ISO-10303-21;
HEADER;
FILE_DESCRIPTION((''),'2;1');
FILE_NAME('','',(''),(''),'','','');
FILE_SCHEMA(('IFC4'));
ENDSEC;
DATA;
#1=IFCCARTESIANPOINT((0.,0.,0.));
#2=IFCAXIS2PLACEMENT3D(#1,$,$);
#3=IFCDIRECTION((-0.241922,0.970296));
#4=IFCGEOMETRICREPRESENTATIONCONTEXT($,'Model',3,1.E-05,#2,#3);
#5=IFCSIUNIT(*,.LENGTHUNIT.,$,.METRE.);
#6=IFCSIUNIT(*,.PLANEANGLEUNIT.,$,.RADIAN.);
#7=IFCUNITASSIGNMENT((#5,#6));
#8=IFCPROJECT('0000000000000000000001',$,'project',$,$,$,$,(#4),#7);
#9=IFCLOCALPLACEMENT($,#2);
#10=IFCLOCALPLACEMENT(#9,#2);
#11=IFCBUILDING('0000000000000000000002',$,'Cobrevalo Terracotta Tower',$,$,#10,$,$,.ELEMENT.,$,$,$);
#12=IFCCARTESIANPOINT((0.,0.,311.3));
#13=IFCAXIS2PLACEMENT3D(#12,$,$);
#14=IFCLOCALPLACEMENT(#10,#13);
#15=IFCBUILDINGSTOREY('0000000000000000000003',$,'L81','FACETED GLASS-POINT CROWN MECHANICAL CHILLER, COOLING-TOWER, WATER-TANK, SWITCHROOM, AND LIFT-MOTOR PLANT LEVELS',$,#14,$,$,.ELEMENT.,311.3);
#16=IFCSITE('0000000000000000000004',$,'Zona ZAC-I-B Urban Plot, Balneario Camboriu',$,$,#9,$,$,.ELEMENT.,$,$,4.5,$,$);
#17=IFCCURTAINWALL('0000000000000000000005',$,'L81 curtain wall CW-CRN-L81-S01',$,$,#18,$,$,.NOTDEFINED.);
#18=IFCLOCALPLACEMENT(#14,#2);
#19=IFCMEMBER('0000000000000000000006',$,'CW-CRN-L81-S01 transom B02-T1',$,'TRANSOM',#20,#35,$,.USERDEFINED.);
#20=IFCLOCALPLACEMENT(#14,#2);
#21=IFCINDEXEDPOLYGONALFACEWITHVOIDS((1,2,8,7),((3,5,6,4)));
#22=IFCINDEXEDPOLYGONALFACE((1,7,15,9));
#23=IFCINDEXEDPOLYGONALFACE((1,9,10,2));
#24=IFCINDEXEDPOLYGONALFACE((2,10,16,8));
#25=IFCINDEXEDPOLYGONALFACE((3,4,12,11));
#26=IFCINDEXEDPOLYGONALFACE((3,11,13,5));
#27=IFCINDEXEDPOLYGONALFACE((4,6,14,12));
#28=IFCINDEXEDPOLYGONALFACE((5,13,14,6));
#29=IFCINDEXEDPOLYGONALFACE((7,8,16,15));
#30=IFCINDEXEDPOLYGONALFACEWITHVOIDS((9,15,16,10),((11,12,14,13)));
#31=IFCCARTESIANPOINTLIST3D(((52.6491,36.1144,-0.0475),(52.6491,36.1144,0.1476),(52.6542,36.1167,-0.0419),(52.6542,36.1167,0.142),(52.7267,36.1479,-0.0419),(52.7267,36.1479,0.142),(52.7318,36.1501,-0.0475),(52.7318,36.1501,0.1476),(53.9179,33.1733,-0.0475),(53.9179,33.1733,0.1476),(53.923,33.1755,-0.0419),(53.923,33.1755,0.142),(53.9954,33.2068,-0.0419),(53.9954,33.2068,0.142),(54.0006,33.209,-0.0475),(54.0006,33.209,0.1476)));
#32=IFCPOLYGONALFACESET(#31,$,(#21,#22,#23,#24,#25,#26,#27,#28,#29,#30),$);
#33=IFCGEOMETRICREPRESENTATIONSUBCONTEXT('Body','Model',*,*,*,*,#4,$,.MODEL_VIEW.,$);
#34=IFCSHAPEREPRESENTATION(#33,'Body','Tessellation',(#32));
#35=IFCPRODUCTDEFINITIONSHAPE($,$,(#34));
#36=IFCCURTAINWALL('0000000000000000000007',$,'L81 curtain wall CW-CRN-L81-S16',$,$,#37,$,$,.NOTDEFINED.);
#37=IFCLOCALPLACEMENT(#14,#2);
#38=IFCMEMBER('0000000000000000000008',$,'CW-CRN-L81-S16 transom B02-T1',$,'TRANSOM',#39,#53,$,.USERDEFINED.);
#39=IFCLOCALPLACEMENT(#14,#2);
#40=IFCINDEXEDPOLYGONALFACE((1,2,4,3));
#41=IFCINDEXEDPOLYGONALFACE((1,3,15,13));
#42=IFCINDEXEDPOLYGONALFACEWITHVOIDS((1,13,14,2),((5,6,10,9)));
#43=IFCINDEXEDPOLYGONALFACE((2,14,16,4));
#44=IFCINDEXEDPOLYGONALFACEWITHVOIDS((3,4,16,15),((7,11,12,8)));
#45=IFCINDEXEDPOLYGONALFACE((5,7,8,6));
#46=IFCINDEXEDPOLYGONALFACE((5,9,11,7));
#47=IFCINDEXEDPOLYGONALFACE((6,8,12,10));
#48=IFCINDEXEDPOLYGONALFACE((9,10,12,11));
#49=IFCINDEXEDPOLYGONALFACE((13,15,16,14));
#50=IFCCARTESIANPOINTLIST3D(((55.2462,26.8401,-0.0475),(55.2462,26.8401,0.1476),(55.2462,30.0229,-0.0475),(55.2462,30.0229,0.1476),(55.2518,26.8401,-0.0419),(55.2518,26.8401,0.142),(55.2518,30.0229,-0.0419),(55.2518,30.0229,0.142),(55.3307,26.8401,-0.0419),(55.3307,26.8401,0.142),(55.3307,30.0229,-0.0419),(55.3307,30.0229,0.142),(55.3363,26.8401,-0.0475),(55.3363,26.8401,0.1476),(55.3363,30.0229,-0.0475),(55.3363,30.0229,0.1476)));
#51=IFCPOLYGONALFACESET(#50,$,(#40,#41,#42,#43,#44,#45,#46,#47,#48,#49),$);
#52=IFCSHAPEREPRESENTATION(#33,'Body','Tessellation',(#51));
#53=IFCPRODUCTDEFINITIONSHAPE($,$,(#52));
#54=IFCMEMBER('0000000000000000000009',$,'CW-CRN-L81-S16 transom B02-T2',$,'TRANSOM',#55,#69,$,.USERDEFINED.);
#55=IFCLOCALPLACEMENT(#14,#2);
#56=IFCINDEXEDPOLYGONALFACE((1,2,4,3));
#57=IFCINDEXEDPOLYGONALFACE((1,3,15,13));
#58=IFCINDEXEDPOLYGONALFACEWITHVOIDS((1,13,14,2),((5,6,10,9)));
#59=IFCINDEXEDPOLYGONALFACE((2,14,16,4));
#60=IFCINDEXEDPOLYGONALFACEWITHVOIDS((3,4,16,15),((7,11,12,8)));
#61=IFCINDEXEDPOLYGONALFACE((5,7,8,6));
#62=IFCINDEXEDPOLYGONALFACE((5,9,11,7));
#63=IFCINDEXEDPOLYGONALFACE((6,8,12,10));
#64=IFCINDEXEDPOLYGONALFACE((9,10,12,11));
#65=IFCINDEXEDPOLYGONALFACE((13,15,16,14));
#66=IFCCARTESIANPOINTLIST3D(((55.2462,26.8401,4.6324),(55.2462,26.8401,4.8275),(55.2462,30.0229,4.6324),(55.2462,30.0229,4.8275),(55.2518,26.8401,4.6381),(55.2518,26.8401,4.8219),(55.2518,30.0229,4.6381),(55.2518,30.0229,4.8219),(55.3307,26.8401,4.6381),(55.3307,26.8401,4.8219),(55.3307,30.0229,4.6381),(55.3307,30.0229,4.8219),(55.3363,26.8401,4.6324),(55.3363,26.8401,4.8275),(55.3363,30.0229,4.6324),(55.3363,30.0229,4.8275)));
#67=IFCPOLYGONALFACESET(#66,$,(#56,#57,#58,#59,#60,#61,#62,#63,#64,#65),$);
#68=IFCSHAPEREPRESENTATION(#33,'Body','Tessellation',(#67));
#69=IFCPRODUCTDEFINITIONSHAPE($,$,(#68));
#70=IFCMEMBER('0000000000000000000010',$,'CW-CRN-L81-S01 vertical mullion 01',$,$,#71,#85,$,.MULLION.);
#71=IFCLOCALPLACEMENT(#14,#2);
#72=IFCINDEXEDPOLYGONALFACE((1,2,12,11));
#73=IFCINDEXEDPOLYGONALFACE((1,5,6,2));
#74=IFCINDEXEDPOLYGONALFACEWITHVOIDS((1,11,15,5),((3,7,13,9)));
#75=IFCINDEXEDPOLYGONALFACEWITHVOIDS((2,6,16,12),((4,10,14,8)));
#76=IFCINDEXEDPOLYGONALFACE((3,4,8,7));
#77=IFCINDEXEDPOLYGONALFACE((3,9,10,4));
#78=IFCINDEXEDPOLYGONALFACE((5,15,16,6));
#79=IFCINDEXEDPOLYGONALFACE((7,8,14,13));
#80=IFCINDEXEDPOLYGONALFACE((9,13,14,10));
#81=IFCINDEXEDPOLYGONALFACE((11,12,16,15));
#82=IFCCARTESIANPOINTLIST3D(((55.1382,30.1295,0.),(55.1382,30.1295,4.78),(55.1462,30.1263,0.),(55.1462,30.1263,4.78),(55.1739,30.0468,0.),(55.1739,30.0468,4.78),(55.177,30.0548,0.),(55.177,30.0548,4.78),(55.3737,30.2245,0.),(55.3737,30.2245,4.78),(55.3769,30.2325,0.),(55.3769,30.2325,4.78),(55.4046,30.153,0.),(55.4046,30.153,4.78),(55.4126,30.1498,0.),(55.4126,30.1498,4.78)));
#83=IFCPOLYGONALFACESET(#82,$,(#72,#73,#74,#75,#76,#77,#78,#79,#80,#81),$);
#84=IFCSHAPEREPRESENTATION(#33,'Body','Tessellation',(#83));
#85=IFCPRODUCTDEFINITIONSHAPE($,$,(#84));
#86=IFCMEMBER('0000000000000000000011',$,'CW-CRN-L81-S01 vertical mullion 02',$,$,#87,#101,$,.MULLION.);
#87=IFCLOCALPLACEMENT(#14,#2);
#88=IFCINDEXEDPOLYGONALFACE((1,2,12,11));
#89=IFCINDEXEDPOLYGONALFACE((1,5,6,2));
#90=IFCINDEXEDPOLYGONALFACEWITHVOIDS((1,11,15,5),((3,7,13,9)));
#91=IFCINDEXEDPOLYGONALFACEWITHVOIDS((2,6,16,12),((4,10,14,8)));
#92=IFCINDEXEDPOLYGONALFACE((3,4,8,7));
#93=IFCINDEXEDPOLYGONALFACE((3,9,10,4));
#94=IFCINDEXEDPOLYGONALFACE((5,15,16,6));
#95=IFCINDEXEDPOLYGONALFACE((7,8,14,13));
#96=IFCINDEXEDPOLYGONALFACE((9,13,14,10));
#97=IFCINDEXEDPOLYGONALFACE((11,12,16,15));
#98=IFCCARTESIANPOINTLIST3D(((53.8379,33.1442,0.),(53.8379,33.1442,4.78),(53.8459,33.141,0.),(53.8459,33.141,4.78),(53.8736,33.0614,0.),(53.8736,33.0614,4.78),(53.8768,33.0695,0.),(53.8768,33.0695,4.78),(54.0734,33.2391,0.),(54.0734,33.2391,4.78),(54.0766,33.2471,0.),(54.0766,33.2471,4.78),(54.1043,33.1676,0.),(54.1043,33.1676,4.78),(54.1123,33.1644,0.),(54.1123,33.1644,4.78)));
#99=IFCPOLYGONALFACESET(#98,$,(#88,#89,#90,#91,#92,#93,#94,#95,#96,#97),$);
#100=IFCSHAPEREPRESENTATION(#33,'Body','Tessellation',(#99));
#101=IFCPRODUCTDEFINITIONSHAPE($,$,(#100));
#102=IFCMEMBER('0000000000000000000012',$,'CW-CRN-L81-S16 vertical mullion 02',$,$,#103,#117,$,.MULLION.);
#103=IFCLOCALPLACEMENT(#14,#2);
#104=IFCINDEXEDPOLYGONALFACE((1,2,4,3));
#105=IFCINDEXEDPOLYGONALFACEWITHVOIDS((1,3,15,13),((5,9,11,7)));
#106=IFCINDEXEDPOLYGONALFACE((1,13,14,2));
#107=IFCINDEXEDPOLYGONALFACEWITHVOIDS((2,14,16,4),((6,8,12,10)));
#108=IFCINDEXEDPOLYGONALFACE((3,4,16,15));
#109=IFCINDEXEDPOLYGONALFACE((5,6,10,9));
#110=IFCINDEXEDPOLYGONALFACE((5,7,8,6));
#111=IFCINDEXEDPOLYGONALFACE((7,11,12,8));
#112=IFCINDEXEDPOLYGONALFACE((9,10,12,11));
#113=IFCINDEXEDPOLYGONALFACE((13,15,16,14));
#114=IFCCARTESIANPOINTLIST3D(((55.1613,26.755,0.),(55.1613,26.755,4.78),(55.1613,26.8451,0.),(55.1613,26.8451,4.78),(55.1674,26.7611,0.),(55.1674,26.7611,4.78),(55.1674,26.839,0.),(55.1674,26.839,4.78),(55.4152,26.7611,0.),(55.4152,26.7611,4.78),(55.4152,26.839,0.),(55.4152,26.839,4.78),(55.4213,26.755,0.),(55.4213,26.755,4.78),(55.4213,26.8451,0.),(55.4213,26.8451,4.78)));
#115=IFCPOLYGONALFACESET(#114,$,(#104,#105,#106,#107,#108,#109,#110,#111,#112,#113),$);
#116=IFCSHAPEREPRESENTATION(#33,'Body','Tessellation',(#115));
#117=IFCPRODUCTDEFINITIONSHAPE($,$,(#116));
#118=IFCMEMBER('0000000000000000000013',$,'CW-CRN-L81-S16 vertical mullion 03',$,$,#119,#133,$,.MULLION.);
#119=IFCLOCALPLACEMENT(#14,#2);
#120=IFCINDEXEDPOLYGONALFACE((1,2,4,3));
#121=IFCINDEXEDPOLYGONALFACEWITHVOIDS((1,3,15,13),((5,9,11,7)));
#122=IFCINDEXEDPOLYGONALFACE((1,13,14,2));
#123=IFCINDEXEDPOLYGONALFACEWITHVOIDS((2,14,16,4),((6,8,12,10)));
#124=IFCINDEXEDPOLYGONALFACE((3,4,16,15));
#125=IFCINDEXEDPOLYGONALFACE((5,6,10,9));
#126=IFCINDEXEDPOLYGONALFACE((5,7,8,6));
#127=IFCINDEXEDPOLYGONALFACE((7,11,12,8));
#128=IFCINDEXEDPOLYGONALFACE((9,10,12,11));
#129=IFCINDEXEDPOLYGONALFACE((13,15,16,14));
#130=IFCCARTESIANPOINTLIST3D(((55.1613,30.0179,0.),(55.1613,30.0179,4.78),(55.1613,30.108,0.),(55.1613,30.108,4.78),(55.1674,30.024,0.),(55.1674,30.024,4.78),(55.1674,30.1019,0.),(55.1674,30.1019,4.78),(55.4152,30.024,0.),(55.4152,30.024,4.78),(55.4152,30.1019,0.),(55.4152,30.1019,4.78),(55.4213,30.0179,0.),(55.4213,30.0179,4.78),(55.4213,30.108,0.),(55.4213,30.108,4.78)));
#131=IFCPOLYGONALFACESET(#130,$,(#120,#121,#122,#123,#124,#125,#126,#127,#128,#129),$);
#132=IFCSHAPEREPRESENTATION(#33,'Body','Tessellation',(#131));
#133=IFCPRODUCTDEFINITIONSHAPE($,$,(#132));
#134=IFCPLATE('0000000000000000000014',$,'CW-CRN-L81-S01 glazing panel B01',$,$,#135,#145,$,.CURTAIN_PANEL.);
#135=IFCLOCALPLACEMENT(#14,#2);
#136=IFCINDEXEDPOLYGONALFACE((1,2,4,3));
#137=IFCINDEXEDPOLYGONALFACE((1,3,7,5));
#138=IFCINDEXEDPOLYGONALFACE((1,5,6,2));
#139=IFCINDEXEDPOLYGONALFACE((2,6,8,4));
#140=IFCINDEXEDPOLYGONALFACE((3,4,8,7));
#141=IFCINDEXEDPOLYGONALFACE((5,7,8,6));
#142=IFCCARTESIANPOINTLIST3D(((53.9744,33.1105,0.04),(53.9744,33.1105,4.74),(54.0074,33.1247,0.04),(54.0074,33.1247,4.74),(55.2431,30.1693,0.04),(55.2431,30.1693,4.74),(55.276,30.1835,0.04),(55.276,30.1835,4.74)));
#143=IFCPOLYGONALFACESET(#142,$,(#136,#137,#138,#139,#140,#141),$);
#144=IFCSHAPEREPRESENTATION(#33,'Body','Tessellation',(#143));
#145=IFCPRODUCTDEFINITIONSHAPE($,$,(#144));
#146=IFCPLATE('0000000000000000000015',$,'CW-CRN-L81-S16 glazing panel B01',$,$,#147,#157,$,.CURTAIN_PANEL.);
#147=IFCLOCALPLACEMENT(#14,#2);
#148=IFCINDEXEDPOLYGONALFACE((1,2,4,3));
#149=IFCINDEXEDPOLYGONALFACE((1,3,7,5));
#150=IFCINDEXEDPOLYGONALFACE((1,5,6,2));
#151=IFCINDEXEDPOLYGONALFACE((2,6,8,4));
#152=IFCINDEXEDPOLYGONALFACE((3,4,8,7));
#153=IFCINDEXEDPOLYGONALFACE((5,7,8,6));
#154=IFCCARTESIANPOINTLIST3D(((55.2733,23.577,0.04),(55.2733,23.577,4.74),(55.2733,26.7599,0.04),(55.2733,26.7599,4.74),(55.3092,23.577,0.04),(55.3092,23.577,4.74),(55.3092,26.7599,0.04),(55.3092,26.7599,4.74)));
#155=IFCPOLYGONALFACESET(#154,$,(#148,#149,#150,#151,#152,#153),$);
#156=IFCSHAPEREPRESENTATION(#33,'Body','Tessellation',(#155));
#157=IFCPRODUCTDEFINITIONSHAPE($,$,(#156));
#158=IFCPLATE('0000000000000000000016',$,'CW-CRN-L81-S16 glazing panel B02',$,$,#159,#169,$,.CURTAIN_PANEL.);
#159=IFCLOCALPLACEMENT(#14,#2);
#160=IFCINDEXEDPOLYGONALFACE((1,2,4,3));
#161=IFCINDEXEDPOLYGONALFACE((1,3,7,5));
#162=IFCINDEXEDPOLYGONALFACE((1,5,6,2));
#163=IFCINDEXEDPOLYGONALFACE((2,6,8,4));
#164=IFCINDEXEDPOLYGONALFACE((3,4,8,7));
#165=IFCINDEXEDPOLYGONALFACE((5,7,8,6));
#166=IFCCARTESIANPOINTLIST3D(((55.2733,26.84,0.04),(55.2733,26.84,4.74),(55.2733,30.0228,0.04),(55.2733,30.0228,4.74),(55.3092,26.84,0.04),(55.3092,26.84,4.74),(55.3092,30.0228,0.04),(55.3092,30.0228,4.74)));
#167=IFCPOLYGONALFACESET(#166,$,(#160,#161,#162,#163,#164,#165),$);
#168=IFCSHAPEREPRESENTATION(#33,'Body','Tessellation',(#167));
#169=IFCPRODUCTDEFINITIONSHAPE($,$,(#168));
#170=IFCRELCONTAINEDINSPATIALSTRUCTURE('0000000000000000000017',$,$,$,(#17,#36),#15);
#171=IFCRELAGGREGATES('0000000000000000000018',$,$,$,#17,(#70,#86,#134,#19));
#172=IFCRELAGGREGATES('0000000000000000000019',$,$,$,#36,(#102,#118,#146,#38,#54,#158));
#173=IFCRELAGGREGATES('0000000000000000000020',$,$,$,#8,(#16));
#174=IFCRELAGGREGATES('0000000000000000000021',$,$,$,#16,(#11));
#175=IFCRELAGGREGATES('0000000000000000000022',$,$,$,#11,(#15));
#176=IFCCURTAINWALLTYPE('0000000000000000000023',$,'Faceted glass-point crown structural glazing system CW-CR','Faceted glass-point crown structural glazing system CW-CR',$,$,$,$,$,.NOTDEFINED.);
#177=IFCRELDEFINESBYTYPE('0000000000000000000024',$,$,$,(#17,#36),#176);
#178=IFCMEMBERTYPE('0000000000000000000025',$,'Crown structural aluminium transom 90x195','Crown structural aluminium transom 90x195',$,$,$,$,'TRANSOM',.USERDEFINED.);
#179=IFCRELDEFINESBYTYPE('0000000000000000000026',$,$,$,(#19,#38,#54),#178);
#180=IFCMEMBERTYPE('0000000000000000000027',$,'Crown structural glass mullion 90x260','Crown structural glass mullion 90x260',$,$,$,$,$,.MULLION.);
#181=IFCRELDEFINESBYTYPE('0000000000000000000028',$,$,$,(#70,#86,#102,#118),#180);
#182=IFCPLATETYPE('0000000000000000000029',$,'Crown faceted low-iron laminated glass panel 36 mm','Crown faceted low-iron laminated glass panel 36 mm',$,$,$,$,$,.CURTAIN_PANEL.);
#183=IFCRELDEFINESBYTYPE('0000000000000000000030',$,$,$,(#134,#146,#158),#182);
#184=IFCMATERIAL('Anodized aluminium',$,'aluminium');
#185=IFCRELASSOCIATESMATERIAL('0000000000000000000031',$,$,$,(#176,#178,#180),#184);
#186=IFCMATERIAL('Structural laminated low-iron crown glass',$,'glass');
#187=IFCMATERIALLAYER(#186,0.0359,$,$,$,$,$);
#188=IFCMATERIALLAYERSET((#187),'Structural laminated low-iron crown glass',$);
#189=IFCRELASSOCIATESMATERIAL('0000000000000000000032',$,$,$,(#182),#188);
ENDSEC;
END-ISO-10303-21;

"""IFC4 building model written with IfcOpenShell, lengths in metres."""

from ifc_helpers import new_model, si_unit, direction, frame, origin, origin_2d, place, context, subcontext, project, spatial, rectangle, hollow_rectangle, extrude, source, transform, mapped, material, layer, layer_set, material_profile, profile_set, type_object, element, aggregate, save


model = new_model("IFC4")

# Units and contexts
model_context = context("Model", 3, precision=1e-05, world=origin(), true_north=direction((-0.241922, 0.970296)))
body_context = subcontext(model_context, "Body", "Model", "MODEL_VIEW")
ifc_project = project(units=[si_unit("LENGTHUNIT", "METRE"), si_unit("PLANEANGLEUNIT", "RADIAN")], contexts=[model_context])

# Site, building, storey
site_placement = place(None, origin())
site = spatial("IfcSite", under=ifc_project, at=site_placement, Name="Zona ZAC-I-B Urban Plot, Balneario Camboriu", CompositionType="ELEMENT", RefElevation=4.5)
building_placement = place(site_placement, origin())
building = spatial("IfcBuilding", under=site, at=building_placement, Name="Cobrevalo Terracotta Tower", CompositionType="ELEMENT")
storey_placement = place(building_placement, frame((0.0, 0.0, 311.3)))
storey = spatial("IfcBuildingStorey", under=building, at=storey_placement, Name="L81", Description="FACETED GLASS-POINT CROWN MECHANICAL CHILLER, COOLING-TOWER, WATER-TANK, SWITCHROOM, AND LIFT-MOTOR PLANT LEVELS", CompositionType="ELEMENT", Elevation=311.3)

# Curtain walls, members
ifc_material_1 = material(Name="Anodized aluminium", Category="aluminium")
curtain_wall_type = type_object("IfcCurtainWallType", Name="Faceted glass-point crown structural glazing system CW-CR", Description="Faceted glass-point crown structural glazing system CW-CR", PredefinedType="NOTDEFINED", material=ifc_material_1)
curtain_wall_1_placement = place(storey_placement, origin())
curtain_wall_1 = element("IfcCurtainWall", 1, at=curtain_wall_1_placement, inside=storey, type_object=curtain_wall_type, Name="L81 curtain wall CW-CRN-L81-S01", PredefinedType="NOTDEFINED")
ifc_material_profile_1 = material_profile(ifc_material_1, hollow_rectangle(XDim=0.0901, YDim=0.1951, WallThickness=0.0056, at=origin_2d()), Name="CWT 90x195")
ifc_profile_set_1 = profile_set([ifc_material_profile_1], Name="Anodized aluminium")
member_type_1 = type_object("IfcMemberType", Name="Crown structural aluminium transom 90x195", Description="Crown structural aluminium transom 90x195", ElementType="TRANSOM", PredefinedType="USERDEFINED", material=ifc_profile_set_1)
shared_shape_1 = source(origin(), body_context, "Body", "SweptSolid", [
    extrude(hollow_rectangle(XDim=0.0901, YDim=0.1951, WallThickness=0.0056, at=origin_2d()), origin(), (0.0, 0.0, 1.0), 3.2031),
])
member_1_placement = place(storey_placement, frame((53.9592, 33.1912, 0.05), z_axis=(-0.396107, 0.918204, 0.0), x_axis=(-0.918204, -0.396107, 0.0)))
member_1 = element("IfcMember", 2, at=member_1_placement, type_object=member_type_1, Name="CW-CRN-L81-S01 transom B02-T1", ObjectType="TRANSOM", PredefinedType="USERDEFINED", context=body_context, shape_type="MappedRepresentation", body=[
    mapped(shared_shape_1, transform((0.0, 0.0, 0.0), scale=1.0)),
])
curtain_wall_2_placement = place(storey_placement, origin())
curtain_wall_2 = element("IfcCurtainWall", 3, at=curtain_wall_2_placement, inside=storey, type_object=curtain_wall_type, Name="L81 curtain wall CW-CRN-L81-S16", PredefinedType="NOTDEFINED")
shared_shape_2 = source(origin(), body_context, "Body", "SweptSolid", [
    extrude(hollow_rectangle(XDim=0.0901, YDim=0.1951, WallThickness=0.0056, at=origin_2d()), origin(), (0.0, 0.0, 1.0), 3.1829),
])
member_2_placement = place(storey_placement, frame((55.2913, 26.8401, 0.05), z_axis=(0.0, 1.0, 0.0), x_axis=(-1.0, 0.0, 0.0)))
member_2 = element("IfcMember", 4, at=member_2_placement, type_object=member_type_1, Name="CW-CRN-L81-S16 transom B02-T1", ObjectType="TRANSOM", PredefinedType="USERDEFINED", context=body_context, shape_type="MappedRepresentation", body=[
    mapped(shared_shape_2, transform((0.0, 0.0, 0.0), scale=1.0)),
])
member_3_placement = place(storey_placement, frame((55.2913, 26.8401, 4.73), z_axis=(0.0, 1.0, 0.0), x_axis=(-1.0, 0.0, 0.0)))
member_3 = element("IfcMember", 5, at=member_3_placement, type_object=member_type_1, Name="CW-CRN-L81-S16 transom B02-T2", ObjectType="TRANSOM", PredefinedType="USERDEFINED", context=body_context, shape_type="MappedRepresentation", body=[
    mapped(shared_shape_2, transform((0.0, 0.0, 0.0), scale=1.0)),
])

# Members
ifc_material_profile_2 = material_profile(ifc_material_1, hollow_rectangle(XDim=0.0901, YDim=0.26, WallThickness=0.0061, at=origin_2d()), Name="CWM 90x260")
ifc_profile_set_2 = profile_set([ifc_material_profile_2], Name="Anodized aluminium")
member_type_2 = type_object("IfcMemberType", Name="Crown structural glass mullion 90x260", Description="Crown structural glass mullion 90x260", PredefinedType="MULLION", material=ifc_profile_set_2)
shared_shape_3 = source(origin(), body_context, "Body", "SweptSolid", [
    extrude(hollow_rectangle(XDim=0.0901, YDim=0.26, WallThickness=0.0061, at=origin_2d()), origin(), (0.0, 0.0, 1.0), 4.78),
])
member_4_placement = place(storey_placement, frame((55.2754, 30.1396, 0.0), z_axis=(0.0, 0.0, 1.0), x_axis=(-0.396058, 0.918225, 0.0)))
member_4 = element("IfcMember", 6, at=member_4_placement, type_object=member_type_2, Name="CW-CRN-L81-S01 vertical mullion 01", PredefinedType="MULLION", context=body_context, shape_type="MappedRepresentation", body=[
    mapped(shared_shape_3, transform((0.0, 0.0, 0.0), scale=1.0)),
])
member_5_placement = place(storey_placement, frame((53.9751, 33.1543, 0.0), z_axis=(0.0, 0.0, 1.0), x_axis=(-0.396058, 0.918225, 0.0)))
member_5 = element("IfcMember", 7, at=member_5_placement, type_object=member_type_2, Name="CW-CRN-L81-S01 vertical mullion 02", PredefinedType="MULLION", context=body_context, shape_type="MappedRepresentation", body=[
    mapped(shared_shape_3, transform((0.0, 0.0, 0.0), scale=1.0)),
])
member_6_placement = place(storey_placement, frame((55.2913, 26.8, 0.0), z_axis=(0.0, 0.0, 1.0), x_axis=(0.0, 1.0, 0.0)))
member_6 = element("IfcMember", 8, at=member_6_placement, type_object=member_type_2, Name="CW-CRN-L81-S16 vertical mullion 02", PredefinedType="MULLION", context=body_context, shape_type="MappedRepresentation", body=[
    mapped(shared_shape_3, transform((0.0, 0.0, 0.0), scale=1.0)),
])
member_7_placement = place(storey_placement, frame((55.2913, 30.063, 0.0), z_axis=(0.0, 0.0, 1.0), x_axis=(0.0, 1.0, 0.0)))
member_7 = element("IfcMember", 9, at=member_7_placement, type_object=member_type_2, Name="CW-CRN-L81-S16 vertical mullion 03", PredefinedType="MULLION", context=body_context, shape_type="MappedRepresentation", body=[
    mapped(shared_shape_3, transform((0.0, 0.0, 0.0), scale=1.0)),
])

# Plates
ifc_material_2 = material(Name="Structural laminated low-iron crown glass", Category="glass")
ifc_layer_1 = layer(ifc_material_2, 0.0359)
ifc_layer_set_1 = layer_set([ifc_layer_1], Name="Structural laminated low-iron crown glass")
plate_type = type_object("IfcPlateType", Name="Crown faceted low-iron laminated glass panel 36 mm", Description="Crown faceted low-iron laminated glass panel 36 mm", PredefinedType="CURTAIN_PANEL", material=ifc_layer_set_1)
shared_shape_4 = source(origin(), body_context, "Body", "SweptSolid", [
    extrude(rectangle(XDim=3.2031, YDim=0.0359, at=origin_2d()), origin(), (0.0, 0.0, 1.0), 4.7),
])
plate_1_placement = place(storey_placement, frame((54.6252, 31.647, 0.04), z_axis=(0.0, 0.0, 1.0), x_axis=(-0.396066, 0.918222, 0.0)))
plate_1 = element("IfcPlate", 10, at=plate_1_placement, type_object=plate_type, Name="CW-CRN-L81-S01 glazing panel B01", PredefinedType="CURTAIN_PANEL", context=body_context, shape_type="MappedRepresentation", body=[
    mapped(shared_shape_4, transform((0.0, 0.0, 0.0), scale=1.0)),
])
aggregate(curtain_wall_1, [member_4, member_5, plate_1, member_1])
shared_shape_5 = source(origin(), body_context, "Body", "SweptSolid", [
    extrude(rectangle(XDim=3.1829, YDim=0.0359, at=origin_2d()), origin(), (0.0, 0.0, 1.0), 4.7),
])
plate_2_placement = place(storey_placement, frame((55.2913, 25.1685, 0.04), z_axis=(0.0, 0.0, 1.0), x_axis=(0.0, 1.0, 0.0)))
plate_2 = element("IfcPlate", 11, at=plate_2_placement, type_object=plate_type, Name="CW-CRN-L81-S16 glazing panel B01", PredefinedType="CURTAIN_PANEL", context=body_context, shape_type="MappedRepresentation", body=[
    mapped(shared_shape_5, transform((0.0, 0.0, 0.0), scale=1.0)),
])
plate_3_placement = place(storey_placement, frame((55.2913, 28.4314, 0.04), z_axis=(0.0, 0.0, 1.0), x_axis=(0.0, 1.0, 0.0)))
plate_3 = element("IfcPlate", 12, at=plate_3_placement, type_object=plate_type, Name="CW-CRN-L81-S16 glazing panel B02", PredefinedType="CURTAIN_PANEL", context=body_context, shape_type="MappedRepresentation", body=[
    mapped(shared_shape_5, transform((0.0, 0.0, 0.0), scale=1.0)),
])
aggregate(curtain_wall_2, [member_6, member_7, plate_2, member_2, member_3, plate_3])

save(model, "model.ifc")
